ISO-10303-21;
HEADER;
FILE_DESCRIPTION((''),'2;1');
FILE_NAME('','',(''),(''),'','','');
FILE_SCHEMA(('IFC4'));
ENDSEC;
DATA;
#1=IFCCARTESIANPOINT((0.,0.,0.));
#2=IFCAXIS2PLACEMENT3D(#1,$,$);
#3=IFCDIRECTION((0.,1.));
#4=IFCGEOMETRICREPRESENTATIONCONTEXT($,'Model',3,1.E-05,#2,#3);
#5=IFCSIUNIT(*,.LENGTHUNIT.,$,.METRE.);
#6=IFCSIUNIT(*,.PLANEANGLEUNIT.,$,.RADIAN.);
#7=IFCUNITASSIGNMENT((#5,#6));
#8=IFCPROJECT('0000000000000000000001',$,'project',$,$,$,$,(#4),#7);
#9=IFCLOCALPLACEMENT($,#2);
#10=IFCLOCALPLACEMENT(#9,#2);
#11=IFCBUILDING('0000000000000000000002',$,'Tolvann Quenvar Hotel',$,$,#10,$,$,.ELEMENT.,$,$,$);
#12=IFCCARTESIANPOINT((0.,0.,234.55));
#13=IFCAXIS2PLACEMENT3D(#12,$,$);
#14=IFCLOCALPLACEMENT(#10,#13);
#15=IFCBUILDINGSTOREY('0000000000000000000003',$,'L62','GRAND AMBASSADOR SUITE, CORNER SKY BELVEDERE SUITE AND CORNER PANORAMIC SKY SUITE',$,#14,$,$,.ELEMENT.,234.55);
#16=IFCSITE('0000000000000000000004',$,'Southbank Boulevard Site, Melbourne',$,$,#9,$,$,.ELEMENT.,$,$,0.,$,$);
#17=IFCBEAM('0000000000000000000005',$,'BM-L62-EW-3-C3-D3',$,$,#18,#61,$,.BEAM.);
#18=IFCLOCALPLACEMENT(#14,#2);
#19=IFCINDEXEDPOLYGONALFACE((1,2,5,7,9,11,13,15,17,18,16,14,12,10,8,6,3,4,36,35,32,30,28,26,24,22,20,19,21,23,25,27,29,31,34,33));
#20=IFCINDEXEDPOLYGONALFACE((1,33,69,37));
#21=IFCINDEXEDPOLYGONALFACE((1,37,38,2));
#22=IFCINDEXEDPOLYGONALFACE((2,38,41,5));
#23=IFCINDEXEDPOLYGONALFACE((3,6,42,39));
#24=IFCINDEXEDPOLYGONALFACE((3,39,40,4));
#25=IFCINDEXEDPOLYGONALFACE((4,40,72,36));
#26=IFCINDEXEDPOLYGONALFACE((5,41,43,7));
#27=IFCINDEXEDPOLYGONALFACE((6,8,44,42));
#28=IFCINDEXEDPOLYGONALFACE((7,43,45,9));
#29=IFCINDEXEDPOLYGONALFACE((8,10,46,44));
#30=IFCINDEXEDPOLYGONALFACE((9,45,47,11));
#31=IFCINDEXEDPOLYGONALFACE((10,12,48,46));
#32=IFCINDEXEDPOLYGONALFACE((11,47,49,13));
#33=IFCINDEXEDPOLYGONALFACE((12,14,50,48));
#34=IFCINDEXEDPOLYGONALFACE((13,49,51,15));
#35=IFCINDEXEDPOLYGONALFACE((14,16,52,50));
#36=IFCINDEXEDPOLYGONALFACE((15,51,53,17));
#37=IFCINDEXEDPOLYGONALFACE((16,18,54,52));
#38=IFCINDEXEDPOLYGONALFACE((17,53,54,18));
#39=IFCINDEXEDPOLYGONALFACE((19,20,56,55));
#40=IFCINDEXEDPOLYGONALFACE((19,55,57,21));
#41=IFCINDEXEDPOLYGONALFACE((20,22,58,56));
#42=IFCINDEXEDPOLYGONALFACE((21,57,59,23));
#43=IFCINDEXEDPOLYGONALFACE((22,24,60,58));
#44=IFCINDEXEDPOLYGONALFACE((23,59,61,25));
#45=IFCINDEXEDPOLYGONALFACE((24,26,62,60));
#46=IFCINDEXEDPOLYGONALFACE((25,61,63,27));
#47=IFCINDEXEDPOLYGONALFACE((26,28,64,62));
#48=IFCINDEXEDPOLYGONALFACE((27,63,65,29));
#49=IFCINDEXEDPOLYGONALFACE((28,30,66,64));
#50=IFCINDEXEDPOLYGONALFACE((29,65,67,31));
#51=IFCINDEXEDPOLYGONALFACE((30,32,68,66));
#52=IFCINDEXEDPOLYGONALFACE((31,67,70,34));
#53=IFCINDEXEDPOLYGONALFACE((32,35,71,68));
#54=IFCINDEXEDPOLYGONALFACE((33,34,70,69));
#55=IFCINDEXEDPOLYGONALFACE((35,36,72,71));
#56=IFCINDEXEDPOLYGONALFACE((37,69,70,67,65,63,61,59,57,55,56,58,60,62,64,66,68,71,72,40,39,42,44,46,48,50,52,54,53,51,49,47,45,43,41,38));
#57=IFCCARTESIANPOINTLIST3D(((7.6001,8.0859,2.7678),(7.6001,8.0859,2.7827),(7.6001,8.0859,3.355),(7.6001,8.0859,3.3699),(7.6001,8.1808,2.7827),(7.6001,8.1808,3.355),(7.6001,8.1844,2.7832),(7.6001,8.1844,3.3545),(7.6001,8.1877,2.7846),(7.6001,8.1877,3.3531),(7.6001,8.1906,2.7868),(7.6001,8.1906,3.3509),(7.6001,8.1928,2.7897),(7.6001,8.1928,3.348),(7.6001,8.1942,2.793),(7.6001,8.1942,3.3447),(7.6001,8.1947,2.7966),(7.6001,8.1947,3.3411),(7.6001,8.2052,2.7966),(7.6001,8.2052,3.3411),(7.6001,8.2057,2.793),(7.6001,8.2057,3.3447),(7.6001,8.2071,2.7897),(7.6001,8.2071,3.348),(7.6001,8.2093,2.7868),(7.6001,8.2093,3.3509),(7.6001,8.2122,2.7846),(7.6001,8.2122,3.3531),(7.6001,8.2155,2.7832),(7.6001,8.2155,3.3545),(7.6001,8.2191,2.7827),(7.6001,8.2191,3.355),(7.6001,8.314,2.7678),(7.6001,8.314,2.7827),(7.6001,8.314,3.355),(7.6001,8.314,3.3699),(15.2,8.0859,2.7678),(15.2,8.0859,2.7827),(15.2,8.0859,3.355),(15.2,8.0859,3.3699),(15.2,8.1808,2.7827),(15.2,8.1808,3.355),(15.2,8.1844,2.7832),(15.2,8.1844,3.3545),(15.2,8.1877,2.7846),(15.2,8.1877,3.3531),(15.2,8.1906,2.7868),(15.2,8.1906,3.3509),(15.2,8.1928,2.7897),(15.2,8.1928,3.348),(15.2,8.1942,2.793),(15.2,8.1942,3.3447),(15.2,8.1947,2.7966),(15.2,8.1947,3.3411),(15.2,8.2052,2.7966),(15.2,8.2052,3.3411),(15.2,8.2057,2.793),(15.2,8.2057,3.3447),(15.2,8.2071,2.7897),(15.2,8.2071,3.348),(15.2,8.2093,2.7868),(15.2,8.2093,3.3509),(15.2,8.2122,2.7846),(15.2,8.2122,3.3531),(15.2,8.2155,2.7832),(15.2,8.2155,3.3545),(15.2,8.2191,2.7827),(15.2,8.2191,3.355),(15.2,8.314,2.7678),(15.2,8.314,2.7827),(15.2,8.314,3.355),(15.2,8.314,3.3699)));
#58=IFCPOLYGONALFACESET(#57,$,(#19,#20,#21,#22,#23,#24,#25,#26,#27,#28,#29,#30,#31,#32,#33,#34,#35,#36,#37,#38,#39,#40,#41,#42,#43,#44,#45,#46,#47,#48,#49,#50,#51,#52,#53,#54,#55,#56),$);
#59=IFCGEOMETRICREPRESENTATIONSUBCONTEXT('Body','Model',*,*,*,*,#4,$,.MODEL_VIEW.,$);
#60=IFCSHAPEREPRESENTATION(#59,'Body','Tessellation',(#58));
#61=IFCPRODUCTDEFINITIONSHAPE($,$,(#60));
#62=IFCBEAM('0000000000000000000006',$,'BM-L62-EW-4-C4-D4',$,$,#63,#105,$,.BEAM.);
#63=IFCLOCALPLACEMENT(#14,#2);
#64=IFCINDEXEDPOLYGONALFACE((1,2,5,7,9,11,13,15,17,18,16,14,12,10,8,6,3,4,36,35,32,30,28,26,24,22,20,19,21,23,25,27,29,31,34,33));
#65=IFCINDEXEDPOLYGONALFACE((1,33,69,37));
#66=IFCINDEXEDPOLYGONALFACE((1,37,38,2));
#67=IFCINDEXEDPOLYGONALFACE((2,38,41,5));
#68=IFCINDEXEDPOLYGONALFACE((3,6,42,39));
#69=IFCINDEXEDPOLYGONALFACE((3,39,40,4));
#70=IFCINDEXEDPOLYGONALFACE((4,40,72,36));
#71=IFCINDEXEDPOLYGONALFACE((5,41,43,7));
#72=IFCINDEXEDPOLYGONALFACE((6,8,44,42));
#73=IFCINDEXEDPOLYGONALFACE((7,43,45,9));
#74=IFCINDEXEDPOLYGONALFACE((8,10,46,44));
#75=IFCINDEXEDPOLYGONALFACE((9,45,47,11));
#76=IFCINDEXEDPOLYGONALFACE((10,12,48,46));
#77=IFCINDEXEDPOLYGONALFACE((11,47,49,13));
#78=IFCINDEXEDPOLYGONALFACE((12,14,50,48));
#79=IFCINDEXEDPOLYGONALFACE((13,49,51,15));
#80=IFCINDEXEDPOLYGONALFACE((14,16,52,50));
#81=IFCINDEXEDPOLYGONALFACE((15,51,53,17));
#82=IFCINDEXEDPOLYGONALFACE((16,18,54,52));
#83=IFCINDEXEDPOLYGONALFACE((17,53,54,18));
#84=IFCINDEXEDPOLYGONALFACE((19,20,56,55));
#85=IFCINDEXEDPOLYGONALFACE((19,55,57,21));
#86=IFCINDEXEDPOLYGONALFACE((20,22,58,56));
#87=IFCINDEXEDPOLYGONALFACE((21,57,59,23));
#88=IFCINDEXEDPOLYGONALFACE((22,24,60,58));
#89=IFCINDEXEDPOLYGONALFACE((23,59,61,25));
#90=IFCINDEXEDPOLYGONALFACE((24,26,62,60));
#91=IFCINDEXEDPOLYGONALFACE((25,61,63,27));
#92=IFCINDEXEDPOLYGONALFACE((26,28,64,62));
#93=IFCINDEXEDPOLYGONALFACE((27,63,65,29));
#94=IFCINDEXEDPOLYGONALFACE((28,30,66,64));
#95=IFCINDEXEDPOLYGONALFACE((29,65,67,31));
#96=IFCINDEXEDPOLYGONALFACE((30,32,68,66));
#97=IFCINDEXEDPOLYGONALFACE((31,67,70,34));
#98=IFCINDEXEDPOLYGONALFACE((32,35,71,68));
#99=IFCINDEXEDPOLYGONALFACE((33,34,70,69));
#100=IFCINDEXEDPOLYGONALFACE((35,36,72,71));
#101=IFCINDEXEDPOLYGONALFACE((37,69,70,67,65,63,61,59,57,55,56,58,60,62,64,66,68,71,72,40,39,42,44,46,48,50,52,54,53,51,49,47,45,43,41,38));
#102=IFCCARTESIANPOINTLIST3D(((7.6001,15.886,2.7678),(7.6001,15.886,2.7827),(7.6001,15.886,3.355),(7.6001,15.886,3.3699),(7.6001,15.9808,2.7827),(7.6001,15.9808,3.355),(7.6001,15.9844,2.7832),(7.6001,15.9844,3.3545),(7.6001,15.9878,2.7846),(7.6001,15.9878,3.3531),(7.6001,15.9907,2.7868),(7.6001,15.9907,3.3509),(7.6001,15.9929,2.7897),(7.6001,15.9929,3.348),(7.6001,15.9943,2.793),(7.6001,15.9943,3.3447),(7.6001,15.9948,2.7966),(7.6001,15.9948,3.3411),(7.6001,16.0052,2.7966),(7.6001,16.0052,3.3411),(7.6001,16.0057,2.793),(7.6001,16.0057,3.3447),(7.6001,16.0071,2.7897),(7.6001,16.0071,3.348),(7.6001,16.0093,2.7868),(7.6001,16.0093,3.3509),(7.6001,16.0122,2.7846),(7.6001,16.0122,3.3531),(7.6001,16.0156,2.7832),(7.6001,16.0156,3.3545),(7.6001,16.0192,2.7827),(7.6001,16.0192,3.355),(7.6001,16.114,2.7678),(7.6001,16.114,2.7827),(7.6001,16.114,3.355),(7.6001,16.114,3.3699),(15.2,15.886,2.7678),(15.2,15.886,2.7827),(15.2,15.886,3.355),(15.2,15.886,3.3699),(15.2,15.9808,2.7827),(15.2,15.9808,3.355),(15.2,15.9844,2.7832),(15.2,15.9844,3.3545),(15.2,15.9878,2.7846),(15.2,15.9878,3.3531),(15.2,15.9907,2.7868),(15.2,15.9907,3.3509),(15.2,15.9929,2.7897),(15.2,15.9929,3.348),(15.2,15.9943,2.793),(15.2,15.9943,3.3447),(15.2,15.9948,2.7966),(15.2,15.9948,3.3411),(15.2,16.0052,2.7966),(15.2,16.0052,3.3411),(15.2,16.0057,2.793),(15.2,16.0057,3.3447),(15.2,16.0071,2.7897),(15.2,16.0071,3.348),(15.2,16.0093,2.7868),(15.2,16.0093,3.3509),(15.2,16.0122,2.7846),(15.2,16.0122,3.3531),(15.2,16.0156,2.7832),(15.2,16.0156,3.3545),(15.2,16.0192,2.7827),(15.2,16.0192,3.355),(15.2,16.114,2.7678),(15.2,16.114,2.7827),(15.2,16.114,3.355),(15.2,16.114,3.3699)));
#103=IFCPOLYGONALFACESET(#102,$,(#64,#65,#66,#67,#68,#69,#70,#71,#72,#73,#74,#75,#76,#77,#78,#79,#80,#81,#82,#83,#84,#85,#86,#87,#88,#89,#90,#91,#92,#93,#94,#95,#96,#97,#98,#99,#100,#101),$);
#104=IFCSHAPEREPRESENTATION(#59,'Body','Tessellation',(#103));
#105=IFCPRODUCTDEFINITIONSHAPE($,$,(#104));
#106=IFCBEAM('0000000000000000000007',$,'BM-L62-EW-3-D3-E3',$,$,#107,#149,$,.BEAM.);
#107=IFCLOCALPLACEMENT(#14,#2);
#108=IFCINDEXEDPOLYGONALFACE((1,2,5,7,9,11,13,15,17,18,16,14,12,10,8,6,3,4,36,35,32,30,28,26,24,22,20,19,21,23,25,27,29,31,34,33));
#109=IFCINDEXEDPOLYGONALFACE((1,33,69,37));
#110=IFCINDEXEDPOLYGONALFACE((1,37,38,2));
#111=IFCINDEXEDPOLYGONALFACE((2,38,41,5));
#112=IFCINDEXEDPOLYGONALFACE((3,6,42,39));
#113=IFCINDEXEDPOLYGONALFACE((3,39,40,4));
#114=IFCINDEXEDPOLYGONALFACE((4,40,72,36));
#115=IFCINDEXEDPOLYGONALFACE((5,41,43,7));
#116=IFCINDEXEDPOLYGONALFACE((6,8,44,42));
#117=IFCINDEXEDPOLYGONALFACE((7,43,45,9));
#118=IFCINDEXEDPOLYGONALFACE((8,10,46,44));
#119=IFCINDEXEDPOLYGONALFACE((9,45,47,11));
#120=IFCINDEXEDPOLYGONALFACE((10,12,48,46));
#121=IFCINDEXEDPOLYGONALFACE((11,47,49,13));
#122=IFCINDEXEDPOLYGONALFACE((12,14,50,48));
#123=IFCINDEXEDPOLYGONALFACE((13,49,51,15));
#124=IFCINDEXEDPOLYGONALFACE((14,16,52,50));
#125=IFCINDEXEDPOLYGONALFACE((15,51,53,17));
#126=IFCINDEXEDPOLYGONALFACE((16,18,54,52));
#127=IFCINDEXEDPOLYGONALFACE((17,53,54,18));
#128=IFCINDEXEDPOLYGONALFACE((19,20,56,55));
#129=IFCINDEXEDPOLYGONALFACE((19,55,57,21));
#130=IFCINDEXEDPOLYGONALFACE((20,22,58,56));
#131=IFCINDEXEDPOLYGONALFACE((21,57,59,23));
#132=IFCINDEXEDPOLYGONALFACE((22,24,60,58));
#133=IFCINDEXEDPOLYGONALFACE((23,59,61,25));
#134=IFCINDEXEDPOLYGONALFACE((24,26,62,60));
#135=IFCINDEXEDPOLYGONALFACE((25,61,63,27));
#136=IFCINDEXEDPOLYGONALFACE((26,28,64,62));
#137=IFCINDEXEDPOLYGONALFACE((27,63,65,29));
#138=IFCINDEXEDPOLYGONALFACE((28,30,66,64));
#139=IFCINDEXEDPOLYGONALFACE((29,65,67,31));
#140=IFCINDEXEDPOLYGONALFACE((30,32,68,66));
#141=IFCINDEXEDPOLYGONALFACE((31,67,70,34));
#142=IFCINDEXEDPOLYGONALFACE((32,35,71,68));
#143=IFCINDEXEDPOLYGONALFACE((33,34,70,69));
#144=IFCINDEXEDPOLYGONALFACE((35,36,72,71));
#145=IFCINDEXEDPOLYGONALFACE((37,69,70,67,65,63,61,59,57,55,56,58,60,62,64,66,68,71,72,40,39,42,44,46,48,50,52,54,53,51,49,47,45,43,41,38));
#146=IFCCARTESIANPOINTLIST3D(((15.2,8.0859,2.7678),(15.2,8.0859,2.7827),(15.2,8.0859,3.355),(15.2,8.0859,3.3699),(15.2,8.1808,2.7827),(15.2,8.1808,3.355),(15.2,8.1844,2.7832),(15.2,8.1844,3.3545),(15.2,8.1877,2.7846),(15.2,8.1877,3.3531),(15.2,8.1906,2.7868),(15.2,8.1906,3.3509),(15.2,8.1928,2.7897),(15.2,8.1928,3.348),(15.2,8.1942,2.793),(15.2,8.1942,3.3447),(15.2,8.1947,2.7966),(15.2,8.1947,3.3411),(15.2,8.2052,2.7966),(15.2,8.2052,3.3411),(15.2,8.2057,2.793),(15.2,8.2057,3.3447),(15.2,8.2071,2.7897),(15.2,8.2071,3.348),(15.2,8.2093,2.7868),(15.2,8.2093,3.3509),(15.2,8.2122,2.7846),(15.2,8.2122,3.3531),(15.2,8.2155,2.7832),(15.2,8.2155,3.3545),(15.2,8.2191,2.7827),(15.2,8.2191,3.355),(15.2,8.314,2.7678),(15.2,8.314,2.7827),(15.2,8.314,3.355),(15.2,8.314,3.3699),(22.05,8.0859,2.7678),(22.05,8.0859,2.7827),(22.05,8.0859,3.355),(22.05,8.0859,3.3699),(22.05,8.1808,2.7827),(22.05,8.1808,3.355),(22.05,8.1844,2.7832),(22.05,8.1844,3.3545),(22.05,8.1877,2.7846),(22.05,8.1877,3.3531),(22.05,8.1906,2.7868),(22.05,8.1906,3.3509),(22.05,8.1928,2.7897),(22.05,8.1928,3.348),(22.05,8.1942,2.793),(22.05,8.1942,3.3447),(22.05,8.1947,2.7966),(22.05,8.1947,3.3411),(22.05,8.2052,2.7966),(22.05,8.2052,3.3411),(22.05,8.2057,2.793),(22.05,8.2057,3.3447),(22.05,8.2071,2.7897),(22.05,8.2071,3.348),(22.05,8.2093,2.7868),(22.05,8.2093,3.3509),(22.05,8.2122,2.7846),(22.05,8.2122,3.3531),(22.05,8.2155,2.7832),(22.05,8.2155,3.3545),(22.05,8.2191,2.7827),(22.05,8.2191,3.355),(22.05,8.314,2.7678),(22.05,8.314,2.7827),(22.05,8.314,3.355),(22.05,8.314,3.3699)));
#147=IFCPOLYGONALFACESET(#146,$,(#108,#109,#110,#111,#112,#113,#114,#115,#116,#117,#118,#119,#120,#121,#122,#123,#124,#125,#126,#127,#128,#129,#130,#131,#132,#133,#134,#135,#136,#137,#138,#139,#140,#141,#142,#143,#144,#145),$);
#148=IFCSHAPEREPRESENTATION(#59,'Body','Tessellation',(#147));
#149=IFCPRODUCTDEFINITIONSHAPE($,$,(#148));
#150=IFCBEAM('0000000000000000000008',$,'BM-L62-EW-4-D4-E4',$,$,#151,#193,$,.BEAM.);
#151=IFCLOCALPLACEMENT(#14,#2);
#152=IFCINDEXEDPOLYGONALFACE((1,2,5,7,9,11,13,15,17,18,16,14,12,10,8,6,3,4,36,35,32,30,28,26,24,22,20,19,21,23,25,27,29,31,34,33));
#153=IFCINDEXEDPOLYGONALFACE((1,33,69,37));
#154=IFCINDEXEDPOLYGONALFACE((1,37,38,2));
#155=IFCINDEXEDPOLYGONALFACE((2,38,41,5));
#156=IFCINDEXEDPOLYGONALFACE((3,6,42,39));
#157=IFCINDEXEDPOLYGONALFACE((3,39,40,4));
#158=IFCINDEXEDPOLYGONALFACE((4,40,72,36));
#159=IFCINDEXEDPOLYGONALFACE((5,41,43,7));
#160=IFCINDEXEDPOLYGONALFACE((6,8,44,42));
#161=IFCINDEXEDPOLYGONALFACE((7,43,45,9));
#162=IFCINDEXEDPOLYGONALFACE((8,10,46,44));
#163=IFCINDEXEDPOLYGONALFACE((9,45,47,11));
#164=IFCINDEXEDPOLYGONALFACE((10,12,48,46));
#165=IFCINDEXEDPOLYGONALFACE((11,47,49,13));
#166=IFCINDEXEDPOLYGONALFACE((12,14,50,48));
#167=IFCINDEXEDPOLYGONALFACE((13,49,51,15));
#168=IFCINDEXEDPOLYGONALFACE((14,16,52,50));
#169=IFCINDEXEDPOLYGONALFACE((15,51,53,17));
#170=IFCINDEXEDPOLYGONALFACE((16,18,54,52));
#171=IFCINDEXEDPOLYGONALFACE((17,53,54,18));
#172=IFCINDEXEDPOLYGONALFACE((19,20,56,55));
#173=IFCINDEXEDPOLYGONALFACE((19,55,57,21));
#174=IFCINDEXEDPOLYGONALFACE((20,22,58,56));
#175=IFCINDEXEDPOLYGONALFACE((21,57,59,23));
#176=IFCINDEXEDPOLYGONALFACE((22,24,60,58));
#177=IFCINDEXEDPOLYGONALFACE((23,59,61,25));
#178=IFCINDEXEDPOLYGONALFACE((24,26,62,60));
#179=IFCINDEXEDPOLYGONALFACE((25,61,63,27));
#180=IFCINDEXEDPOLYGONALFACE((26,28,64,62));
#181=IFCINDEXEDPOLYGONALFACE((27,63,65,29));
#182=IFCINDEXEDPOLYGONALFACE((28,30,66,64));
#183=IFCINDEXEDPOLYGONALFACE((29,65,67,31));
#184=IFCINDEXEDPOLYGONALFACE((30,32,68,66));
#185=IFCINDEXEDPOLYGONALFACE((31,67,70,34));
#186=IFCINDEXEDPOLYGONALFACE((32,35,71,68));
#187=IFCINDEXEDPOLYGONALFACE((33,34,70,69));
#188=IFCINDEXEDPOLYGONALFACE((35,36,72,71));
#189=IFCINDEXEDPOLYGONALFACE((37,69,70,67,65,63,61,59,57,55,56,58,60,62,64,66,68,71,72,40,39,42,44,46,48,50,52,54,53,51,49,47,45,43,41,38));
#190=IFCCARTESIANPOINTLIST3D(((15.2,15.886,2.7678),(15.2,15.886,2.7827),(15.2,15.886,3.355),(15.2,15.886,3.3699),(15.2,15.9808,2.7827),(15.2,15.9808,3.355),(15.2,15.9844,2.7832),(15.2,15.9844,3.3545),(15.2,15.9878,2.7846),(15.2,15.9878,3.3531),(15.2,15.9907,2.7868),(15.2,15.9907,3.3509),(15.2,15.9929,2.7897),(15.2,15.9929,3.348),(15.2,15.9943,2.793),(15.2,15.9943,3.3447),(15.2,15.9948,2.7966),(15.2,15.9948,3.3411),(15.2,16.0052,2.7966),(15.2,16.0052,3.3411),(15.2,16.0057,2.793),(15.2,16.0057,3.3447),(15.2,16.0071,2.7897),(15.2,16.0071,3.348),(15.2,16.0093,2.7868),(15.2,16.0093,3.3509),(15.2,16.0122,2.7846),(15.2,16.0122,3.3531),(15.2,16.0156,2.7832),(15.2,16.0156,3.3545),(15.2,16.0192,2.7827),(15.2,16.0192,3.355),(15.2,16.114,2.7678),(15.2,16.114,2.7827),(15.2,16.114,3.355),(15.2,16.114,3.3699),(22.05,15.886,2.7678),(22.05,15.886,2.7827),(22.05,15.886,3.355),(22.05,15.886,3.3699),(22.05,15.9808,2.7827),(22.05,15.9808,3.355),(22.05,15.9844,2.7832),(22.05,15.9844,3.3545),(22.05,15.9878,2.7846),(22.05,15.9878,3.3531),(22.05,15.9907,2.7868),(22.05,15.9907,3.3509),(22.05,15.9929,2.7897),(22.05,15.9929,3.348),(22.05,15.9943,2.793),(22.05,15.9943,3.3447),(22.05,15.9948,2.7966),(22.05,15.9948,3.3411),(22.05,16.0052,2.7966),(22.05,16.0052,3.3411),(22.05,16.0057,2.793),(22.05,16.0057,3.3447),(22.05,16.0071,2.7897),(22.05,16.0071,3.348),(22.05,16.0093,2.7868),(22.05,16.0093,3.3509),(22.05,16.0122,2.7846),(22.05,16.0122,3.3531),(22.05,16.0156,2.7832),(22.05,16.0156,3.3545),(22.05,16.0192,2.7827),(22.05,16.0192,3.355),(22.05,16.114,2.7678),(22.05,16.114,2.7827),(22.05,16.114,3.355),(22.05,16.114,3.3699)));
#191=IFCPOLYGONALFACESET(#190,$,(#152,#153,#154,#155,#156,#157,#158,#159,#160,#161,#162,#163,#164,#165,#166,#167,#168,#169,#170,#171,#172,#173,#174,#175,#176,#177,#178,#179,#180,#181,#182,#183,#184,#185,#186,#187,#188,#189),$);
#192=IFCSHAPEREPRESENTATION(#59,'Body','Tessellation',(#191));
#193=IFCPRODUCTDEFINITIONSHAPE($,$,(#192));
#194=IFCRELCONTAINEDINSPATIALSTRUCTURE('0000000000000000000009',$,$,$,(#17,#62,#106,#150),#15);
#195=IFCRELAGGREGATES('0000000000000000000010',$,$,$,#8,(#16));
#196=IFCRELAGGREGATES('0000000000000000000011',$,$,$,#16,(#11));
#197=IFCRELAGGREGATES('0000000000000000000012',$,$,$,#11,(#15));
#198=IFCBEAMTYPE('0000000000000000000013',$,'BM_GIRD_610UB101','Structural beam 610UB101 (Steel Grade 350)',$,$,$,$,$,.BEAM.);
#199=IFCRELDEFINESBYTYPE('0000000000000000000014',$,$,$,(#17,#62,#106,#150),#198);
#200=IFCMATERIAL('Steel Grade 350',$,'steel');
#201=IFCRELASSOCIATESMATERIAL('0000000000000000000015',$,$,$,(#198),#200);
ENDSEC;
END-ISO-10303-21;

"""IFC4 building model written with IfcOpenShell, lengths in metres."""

from ifc_helpers import new_model, si_unit, direction, frame, origin, origin_2d, place, context, subcontext, project, spatial, i_section, extrude, source, transform, mapped, material, material_profile, profile_set, type_object, element, save


model = new_model("IFC4")

# Units and contexts
model_context = context("Model", 3, precision=1e-05, world=origin(), true_north=direction((0.0, 1.0)))
body_context = subcontext(model_context, "Body", "Model", "MODEL_VIEW")
ifc_project = project(units=[si_unit("LENGTHUNIT", "METRE"), si_unit("PLANEANGLEUNIT", "RADIAN")], contexts=[model_context])

# Site, building, storey
site_placement = place(None, origin())
site = spatial("IfcSite", under=ifc_project, at=site_placement, Name="Southbank Boulevard Site, Melbourne", CompositionType="ELEMENT", RefElevation=0.0)
building_placement = place(site_placement, origin())
building = spatial("IfcBuilding", under=site, at=building_placement, Name="Tolvann Quenvar Hotel", CompositionType="ELEMENT")
storey_placement = place(building_placement, frame((0.0, 0.0, 234.55)))
storey = spatial("IfcBuildingStorey", under=building, at=storey_placement, Name="L62", Description="GRAND AMBASSADOR SUITE, CORNER SKY BELVEDERE SUITE AND CORNER PANORAMIC SKY SUITE", CompositionType="ELEMENT", Elevation=234.55)

# Shared definitions
ifc_material_1 = material(Name="Steel Grade 350", Category="steel")

# Beams
ifc_material_profile_1 = material_profile(ifc_material_1, i_section(OverallWidth=0.228, OverallDepth=0.6021, WebThickness=0.0105, FlangeThickness=0.0149, FilletRadius=0.0139, at=origin_2d()), Name="610UB101")
ifc_profile_set_1 = profile_set([ifc_material_profile_1], Name="Steel Grade 350")
beam_type_1 = type_object("IfcBeamType", Name="BM_GIRD_610UB101", Description="Structural beam 610UB101 (Steel Grade 350)", PredefinedType="BEAM", material=ifc_profile_set_1)
shared_shape_1 = source(origin(), body_context, "Body", "SweptSolid", [
    extrude(i_section(OverallWidth=0.228, OverallDepth=0.6021, WebThickness=0.0105, FlangeThickness=0.0149, FilletRadius=0.0139, at=origin_2d()), origin(), (0.0, 0.0, 1.0), 7.5999),
])
for number, where, z_axis, x_axis, name in (
    (1, (7.6001, 8.2, 3.0688), (1.0, 0.0, 0.0), (0.0, 1.0, 0.0), "BM-L62-EW-3-C3-D3"),
    (2, (7.6001, 16.0, 3.0688), (1.0, 0.0, 0.0), (0.0, 1.0, 0.0), "BM-L62-EW-4-C4-D4"),
):
    element("IfcBeam", number, at=place(storey_placement, frame(where, z_axis=z_axis, x_axis=x_axis)), inside=storey, type_object=beam_type_1, Name=name, PredefinedType="BEAM", context=body_context, shape_type="MappedRepresentation", body=[
        mapped(shared_shape_1, transform((0.0, 0.0, 0.0), x_axis=(1.0, 0.0, 0.0), y_axis=(0.0, 1.0, 0.0), z_axis=(0.0, 0.0, 1.0), scale=1.0)),
    ])
shared_shape_2 = source(origin(), body_context, "Body", "SweptSolid", [
    extrude(i_section(OverallWidth=0.228, OverallDepth=0.6021, WebThickness=0.0105, FlangeThickness=0.0149, FilletRadius=0.0139, at=origin_2d()), origin(), (0.0, 0.0, 1.0), 6.8501),
])
for number, where, z_axis, x_axis, name in (
    (3, (15.2, 8.2, 3.0688), (1.0, 0.0, 0.0), (0.0, 1.0, 0.0), "BM-L62-EW-3-D3-E3"),
    (4, (15.2, 16.0, 3.0688), (1.0, 0.0, 0.0), (0.0, 1.0, 0.0), "BM-L62-EW-4-D4-E4"),
):
    element("IfcBeam", number, at=place(storey_placement, frame(where, z_axis=z_axis, x_axis=x_axis)), inside=storey, type_object=beam_type_1, Name=name, PredefinedType="BEAM", context=body_context, shape_type="MappedRepresentation", body=[
        mapped(shared_shape_2, transform((0.0, 0.0, 0.0), x_axis=(1.0, 0.0, 0.0), y_axis=(0.0, 1.0, 0.0), z_axis=(0.0, 0.0, 1.0), scale=1.0)),
    ])

save(model, "model.ifc")
